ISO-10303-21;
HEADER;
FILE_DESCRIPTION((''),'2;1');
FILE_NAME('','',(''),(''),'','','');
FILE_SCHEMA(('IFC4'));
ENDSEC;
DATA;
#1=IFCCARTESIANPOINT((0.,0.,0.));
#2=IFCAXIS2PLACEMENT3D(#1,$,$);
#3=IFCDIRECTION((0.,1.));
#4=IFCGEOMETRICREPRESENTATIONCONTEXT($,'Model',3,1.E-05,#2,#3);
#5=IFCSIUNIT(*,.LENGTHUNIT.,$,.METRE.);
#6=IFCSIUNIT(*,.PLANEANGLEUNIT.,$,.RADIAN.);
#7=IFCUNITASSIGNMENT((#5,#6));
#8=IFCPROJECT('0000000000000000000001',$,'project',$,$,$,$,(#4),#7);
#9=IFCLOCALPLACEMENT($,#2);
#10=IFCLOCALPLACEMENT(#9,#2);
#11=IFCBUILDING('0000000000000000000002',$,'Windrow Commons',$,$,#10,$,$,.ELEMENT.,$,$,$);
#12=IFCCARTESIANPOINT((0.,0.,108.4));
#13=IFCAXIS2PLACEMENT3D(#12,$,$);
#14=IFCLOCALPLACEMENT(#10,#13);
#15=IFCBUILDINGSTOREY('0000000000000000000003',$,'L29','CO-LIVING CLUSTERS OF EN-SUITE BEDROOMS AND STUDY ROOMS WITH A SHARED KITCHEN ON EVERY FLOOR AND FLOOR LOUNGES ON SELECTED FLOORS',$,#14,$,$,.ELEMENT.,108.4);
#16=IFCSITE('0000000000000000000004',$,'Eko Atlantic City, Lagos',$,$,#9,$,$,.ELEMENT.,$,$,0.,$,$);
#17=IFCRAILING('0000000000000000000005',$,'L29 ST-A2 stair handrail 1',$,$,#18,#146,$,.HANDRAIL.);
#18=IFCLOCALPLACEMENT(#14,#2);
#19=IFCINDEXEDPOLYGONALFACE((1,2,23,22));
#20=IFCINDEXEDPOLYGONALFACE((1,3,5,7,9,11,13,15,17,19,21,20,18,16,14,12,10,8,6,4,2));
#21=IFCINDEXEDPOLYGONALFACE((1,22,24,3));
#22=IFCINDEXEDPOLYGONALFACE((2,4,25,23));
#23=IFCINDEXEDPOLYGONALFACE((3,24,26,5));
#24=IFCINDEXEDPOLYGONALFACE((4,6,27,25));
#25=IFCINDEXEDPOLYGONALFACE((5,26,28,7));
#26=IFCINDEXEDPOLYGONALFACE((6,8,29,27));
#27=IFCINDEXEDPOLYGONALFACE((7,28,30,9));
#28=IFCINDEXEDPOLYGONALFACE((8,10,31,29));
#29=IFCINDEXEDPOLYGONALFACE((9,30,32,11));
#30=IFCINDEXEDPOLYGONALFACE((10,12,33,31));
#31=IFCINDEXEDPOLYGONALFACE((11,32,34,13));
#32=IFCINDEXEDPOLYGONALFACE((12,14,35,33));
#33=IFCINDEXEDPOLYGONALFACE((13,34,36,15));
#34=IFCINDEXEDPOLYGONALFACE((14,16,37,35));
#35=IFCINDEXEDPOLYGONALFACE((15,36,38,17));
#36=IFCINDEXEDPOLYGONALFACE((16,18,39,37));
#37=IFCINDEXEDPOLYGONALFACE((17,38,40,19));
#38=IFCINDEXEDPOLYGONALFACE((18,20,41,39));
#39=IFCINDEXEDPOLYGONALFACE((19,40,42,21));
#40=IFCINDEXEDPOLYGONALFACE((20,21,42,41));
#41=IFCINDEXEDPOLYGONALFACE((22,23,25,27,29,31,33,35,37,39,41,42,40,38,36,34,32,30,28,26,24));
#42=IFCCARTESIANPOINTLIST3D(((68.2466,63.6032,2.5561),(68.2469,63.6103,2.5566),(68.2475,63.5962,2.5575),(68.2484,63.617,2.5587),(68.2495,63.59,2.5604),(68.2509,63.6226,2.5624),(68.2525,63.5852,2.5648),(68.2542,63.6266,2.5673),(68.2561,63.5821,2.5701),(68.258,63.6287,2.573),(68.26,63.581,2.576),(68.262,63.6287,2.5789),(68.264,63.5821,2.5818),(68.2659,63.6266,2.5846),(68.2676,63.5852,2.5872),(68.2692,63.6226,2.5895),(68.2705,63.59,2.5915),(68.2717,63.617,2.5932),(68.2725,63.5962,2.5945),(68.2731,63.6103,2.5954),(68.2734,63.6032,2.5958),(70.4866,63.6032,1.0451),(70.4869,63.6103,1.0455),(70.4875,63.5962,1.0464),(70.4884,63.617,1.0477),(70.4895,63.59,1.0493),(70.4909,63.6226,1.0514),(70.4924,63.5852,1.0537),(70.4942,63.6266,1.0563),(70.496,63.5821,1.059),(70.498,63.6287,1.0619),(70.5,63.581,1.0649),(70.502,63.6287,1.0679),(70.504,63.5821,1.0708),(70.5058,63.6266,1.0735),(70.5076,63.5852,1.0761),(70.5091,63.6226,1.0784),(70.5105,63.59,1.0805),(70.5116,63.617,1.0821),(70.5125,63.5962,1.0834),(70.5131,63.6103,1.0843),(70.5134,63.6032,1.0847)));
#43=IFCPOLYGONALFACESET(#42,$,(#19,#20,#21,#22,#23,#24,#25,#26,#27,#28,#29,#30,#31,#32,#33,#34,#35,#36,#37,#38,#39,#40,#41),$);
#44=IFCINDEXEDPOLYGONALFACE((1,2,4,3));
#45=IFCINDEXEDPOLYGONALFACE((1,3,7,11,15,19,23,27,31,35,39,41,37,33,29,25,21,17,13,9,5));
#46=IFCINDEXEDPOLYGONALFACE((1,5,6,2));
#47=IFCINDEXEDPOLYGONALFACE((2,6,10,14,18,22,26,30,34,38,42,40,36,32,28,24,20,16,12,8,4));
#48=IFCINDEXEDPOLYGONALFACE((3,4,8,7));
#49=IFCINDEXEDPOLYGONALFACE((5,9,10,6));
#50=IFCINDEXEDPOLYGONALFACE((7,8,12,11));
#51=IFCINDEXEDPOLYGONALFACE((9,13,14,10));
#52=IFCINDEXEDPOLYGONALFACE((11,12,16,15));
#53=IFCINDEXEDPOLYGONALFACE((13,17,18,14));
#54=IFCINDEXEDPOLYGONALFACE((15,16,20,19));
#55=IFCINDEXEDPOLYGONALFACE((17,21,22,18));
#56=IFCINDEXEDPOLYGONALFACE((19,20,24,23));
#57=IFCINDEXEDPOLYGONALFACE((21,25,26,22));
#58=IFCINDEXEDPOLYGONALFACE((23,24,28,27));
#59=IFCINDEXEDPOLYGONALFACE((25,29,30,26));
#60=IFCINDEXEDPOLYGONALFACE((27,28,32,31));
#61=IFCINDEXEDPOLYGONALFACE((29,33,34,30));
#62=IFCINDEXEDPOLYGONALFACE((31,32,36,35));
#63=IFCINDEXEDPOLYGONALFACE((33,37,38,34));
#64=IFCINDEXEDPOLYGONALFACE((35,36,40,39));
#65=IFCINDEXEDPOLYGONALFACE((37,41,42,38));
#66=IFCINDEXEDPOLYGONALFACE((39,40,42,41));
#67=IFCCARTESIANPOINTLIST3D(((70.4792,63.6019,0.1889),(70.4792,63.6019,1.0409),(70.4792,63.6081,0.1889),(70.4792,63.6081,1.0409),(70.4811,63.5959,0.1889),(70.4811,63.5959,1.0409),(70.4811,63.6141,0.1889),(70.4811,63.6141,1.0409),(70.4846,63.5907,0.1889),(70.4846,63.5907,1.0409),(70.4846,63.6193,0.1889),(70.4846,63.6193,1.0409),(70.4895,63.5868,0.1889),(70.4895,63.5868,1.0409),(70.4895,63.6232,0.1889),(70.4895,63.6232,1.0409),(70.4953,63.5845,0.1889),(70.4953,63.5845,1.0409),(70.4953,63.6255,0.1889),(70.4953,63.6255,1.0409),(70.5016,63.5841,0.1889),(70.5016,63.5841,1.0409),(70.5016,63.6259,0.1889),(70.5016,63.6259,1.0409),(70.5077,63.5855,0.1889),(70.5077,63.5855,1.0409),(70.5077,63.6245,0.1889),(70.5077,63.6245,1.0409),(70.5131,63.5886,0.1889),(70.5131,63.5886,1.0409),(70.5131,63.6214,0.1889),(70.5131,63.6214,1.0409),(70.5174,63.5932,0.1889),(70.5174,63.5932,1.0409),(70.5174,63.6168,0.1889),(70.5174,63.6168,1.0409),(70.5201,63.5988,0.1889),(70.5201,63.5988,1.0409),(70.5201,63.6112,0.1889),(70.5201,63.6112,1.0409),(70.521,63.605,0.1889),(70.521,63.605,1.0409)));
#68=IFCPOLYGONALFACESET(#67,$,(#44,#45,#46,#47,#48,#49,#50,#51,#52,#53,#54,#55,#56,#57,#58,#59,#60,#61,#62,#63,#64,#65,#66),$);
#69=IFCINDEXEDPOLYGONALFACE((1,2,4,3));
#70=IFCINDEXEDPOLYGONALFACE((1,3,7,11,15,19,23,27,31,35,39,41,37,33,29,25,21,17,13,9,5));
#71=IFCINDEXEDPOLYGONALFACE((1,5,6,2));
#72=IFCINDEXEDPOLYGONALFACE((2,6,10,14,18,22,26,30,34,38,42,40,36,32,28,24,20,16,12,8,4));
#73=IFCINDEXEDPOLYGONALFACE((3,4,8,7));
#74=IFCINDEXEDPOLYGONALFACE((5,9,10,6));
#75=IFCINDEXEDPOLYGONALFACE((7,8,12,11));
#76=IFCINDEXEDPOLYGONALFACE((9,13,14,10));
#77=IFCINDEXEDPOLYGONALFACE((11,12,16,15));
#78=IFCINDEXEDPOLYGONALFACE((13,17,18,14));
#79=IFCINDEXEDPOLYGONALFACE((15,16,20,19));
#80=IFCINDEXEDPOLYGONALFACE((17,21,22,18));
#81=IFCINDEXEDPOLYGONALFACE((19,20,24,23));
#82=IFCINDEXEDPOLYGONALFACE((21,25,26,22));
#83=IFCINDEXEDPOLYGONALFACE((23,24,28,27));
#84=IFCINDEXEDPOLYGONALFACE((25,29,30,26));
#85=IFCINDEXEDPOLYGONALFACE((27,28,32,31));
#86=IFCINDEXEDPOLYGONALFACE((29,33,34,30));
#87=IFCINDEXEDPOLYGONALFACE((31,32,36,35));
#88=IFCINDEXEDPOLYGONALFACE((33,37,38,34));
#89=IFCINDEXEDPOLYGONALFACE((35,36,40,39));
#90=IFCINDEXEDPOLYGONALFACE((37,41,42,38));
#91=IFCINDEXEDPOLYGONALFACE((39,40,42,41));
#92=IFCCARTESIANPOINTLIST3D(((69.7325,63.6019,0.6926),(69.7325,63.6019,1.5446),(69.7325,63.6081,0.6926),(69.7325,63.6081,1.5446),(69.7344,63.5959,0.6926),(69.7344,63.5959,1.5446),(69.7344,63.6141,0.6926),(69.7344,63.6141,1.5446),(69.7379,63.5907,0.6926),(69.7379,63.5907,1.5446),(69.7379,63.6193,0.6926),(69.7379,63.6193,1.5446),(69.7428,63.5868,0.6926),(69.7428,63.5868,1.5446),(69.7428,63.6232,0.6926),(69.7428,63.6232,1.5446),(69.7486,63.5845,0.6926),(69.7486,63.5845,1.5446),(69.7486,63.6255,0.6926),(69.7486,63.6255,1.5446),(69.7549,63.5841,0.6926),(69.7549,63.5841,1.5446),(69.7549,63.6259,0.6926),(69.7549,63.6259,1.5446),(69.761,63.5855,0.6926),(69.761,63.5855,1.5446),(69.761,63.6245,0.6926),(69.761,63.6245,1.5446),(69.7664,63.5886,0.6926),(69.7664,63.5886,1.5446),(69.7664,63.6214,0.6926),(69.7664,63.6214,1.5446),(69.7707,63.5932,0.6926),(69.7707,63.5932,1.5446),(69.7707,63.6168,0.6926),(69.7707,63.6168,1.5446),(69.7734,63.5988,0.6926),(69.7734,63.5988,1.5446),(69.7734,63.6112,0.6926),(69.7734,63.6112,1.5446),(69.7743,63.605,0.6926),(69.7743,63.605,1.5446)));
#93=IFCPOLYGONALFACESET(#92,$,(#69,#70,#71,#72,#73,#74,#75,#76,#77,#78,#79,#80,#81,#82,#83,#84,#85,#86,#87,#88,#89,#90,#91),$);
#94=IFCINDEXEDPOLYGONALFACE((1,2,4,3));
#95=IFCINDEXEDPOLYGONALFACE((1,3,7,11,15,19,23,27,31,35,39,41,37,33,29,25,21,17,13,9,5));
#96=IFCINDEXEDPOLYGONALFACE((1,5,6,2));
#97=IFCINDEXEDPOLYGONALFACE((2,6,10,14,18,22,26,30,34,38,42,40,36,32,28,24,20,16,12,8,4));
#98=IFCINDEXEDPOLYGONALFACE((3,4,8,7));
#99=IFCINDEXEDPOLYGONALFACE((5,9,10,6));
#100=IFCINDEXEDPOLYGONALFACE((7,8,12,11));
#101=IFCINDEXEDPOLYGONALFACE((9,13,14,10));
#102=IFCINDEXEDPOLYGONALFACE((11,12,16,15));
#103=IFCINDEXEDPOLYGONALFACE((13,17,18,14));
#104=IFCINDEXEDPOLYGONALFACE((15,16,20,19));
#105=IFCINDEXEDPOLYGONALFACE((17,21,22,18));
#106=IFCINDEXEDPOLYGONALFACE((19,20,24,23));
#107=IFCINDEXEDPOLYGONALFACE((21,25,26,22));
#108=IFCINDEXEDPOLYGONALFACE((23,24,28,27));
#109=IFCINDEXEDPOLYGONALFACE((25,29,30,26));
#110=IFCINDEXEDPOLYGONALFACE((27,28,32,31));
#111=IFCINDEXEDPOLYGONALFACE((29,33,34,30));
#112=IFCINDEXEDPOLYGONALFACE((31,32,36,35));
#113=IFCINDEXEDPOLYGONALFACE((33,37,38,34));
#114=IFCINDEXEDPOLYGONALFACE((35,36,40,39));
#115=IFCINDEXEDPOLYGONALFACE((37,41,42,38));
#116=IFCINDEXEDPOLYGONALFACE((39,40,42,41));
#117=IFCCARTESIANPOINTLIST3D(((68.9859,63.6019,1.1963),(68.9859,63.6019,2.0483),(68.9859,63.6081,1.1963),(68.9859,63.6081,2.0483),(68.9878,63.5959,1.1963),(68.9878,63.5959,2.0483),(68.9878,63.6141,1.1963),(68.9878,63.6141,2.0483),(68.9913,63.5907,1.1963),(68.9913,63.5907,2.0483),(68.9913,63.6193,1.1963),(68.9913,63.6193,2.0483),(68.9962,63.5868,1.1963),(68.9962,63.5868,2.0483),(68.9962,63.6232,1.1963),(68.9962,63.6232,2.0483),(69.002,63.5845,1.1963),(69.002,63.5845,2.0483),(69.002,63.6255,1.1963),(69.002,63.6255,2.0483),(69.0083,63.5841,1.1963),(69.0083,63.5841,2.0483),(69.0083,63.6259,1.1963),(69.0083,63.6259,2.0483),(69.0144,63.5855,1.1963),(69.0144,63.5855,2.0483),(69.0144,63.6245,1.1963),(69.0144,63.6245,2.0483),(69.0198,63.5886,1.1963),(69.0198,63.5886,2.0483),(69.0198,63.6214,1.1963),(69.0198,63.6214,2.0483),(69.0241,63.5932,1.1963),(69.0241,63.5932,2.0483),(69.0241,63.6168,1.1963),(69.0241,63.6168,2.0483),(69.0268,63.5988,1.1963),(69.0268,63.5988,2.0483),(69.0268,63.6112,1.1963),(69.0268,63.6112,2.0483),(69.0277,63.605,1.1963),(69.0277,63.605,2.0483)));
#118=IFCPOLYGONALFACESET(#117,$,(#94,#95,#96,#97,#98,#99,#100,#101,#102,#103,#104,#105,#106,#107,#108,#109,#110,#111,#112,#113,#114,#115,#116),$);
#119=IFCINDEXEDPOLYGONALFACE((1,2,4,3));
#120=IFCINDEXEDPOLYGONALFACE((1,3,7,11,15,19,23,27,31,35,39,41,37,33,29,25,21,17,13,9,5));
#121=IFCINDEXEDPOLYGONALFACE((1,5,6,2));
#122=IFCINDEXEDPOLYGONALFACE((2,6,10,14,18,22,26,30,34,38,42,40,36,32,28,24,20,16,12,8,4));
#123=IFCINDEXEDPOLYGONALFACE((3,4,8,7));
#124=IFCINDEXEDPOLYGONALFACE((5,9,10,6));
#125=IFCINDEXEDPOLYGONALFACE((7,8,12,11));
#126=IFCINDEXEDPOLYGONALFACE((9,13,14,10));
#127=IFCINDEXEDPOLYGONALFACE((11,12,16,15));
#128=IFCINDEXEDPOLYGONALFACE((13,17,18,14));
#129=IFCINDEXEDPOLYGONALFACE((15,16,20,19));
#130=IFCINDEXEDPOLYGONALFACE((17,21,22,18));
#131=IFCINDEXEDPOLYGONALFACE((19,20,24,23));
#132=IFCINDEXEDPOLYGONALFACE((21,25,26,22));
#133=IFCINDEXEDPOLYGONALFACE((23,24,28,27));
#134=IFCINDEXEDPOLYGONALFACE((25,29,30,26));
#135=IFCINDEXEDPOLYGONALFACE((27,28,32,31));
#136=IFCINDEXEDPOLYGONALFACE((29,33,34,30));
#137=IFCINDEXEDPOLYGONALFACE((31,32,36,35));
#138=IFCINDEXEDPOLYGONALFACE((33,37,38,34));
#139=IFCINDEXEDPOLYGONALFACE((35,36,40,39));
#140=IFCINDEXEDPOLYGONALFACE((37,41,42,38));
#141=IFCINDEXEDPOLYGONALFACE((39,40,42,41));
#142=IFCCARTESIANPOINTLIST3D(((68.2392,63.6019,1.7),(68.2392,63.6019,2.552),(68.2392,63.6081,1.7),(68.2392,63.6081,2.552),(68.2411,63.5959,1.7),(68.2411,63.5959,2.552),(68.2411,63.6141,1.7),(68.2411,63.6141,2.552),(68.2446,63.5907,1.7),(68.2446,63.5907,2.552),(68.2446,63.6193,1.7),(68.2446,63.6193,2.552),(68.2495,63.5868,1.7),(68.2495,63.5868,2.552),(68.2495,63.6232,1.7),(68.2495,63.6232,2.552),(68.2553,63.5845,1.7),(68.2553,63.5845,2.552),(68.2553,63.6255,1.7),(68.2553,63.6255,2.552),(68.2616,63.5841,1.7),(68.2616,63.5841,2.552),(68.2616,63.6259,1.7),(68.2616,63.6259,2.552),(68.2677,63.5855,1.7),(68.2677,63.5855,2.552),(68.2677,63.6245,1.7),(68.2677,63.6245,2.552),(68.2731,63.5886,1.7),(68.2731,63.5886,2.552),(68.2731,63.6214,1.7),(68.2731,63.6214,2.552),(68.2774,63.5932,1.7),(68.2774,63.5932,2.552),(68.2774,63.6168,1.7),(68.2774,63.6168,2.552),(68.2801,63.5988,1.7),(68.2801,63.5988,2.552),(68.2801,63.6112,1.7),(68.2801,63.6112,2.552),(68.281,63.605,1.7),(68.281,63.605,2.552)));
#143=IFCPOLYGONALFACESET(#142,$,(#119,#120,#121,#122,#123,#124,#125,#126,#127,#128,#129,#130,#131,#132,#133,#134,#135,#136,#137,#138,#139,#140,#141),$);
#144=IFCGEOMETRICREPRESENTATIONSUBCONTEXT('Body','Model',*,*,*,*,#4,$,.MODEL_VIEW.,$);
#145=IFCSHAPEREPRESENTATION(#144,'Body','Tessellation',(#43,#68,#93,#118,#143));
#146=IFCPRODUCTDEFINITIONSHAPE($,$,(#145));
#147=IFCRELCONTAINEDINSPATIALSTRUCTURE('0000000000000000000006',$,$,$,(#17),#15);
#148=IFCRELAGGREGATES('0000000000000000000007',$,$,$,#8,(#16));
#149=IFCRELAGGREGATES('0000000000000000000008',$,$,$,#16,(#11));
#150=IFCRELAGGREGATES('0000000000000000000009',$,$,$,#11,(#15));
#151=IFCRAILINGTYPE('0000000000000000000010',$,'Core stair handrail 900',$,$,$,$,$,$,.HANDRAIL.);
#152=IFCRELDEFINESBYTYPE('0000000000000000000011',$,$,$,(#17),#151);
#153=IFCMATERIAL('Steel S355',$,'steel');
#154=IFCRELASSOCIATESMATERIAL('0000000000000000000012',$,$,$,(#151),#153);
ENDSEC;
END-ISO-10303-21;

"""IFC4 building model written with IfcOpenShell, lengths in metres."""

from ifc_helpers import new_model, si_unit, direction, frame, origin, origin_2d, place, context, subcontext, project, spatial, circle, extrude, material, type_object, element, save


model = new_model("IFC4")

# Units and contexts
model_context = context("Model", 3, precision=1e-05, world=origin(), true_north=direction((0.0, 1.0)))
body_context = subcontext(model_context, "Body", "Model", "MODEL_VIEW")
ifc_project = project(units=[si_unit("LENGTHUNIT", "METRE"), si_unit("PLANEANGLEUNIT", "RADIAN")], contexts=[model_context])

# Site, building, storey
site_placement = place(None, origin())
site = spatial("IfcSite", under=ifc_project, at=site_placement, Name="Eko Atlantic City, Lagos", CompositionType="ELEMENT", RefElevation=0.0)
building_placement = place(site_placement, origin())
building = spatial("IfcBuilding", under=site, at=building_placement, Name="Windrow Commons", CompositionType="ELEMENT")
storey_placement = place(building_placement, frame((0.0, 0.0, 108.4)))
storey = spatial("IfcBuildingStorey", under=building, at=storey_placement, Name="L29", Description="CO-LIVING CLUSTERS OF EN-SUITE BEDROOMS AND STUDY ROOMS WITH A SHARED KITCHEN ON EVERY FLOOR AND FLOOR LOUNGES ON SELECTED FLOORS", CompositionType="ELEMENT", Elevation=108.4)

# Railing
ifc_material_1 = material(Name="Steel S355", Category="steel")
railing_type_1 = type_object("IfcRailingType", Name="Core stair handrail 900", PredefinedType="HANDRAIL", material=ifc_material_1)
for number, where, name in (
    (1, (70.5, 63.605, 0.1889), "L29 ST-A2 stair handrail 1"),
):
    element("IfcRailing", number, at=place(storey_placement, frame(where)), inside=storey, type_object=railing_type_1, Name=name, PredefinedType="HANDRAIL", context=body_context, shape_type="SweptSolid", body=[
        extrude(circle(Radius=0.024, at=origin_2d()), frame((0.0, 0.0, 0.876), z_axis=(-0.829003, 0.0, 0.559244), x_axis=(0.0, -1.0, 0.0)), (0.0, 0.0, 1.0), 2.702),
        extrude(circle(Radius=0.021, at=origin_2d()), origin(), (0.0, 0.0, 1.0), 0.852),
        extrude(circle(Radius=0.021, at=origin_2d()), frame((-0.7467, 0.0, 0.5037)), (0.0, 0.0, 1.0), 0.852),
        extrude(circle(Radius=0.021, at=origin_2d()), frame((-1.4933, 0.0, 1.0074)), (0.0, 0.0, 1.0), 0.852),
        extrude(circle(Radius=0.021, at=origin_2d()), frame((-2.24, 0.0, 1.5111)), (0.0, 0.0, 1.0), 0.852),
    ])

save(model, "model.ifc")
